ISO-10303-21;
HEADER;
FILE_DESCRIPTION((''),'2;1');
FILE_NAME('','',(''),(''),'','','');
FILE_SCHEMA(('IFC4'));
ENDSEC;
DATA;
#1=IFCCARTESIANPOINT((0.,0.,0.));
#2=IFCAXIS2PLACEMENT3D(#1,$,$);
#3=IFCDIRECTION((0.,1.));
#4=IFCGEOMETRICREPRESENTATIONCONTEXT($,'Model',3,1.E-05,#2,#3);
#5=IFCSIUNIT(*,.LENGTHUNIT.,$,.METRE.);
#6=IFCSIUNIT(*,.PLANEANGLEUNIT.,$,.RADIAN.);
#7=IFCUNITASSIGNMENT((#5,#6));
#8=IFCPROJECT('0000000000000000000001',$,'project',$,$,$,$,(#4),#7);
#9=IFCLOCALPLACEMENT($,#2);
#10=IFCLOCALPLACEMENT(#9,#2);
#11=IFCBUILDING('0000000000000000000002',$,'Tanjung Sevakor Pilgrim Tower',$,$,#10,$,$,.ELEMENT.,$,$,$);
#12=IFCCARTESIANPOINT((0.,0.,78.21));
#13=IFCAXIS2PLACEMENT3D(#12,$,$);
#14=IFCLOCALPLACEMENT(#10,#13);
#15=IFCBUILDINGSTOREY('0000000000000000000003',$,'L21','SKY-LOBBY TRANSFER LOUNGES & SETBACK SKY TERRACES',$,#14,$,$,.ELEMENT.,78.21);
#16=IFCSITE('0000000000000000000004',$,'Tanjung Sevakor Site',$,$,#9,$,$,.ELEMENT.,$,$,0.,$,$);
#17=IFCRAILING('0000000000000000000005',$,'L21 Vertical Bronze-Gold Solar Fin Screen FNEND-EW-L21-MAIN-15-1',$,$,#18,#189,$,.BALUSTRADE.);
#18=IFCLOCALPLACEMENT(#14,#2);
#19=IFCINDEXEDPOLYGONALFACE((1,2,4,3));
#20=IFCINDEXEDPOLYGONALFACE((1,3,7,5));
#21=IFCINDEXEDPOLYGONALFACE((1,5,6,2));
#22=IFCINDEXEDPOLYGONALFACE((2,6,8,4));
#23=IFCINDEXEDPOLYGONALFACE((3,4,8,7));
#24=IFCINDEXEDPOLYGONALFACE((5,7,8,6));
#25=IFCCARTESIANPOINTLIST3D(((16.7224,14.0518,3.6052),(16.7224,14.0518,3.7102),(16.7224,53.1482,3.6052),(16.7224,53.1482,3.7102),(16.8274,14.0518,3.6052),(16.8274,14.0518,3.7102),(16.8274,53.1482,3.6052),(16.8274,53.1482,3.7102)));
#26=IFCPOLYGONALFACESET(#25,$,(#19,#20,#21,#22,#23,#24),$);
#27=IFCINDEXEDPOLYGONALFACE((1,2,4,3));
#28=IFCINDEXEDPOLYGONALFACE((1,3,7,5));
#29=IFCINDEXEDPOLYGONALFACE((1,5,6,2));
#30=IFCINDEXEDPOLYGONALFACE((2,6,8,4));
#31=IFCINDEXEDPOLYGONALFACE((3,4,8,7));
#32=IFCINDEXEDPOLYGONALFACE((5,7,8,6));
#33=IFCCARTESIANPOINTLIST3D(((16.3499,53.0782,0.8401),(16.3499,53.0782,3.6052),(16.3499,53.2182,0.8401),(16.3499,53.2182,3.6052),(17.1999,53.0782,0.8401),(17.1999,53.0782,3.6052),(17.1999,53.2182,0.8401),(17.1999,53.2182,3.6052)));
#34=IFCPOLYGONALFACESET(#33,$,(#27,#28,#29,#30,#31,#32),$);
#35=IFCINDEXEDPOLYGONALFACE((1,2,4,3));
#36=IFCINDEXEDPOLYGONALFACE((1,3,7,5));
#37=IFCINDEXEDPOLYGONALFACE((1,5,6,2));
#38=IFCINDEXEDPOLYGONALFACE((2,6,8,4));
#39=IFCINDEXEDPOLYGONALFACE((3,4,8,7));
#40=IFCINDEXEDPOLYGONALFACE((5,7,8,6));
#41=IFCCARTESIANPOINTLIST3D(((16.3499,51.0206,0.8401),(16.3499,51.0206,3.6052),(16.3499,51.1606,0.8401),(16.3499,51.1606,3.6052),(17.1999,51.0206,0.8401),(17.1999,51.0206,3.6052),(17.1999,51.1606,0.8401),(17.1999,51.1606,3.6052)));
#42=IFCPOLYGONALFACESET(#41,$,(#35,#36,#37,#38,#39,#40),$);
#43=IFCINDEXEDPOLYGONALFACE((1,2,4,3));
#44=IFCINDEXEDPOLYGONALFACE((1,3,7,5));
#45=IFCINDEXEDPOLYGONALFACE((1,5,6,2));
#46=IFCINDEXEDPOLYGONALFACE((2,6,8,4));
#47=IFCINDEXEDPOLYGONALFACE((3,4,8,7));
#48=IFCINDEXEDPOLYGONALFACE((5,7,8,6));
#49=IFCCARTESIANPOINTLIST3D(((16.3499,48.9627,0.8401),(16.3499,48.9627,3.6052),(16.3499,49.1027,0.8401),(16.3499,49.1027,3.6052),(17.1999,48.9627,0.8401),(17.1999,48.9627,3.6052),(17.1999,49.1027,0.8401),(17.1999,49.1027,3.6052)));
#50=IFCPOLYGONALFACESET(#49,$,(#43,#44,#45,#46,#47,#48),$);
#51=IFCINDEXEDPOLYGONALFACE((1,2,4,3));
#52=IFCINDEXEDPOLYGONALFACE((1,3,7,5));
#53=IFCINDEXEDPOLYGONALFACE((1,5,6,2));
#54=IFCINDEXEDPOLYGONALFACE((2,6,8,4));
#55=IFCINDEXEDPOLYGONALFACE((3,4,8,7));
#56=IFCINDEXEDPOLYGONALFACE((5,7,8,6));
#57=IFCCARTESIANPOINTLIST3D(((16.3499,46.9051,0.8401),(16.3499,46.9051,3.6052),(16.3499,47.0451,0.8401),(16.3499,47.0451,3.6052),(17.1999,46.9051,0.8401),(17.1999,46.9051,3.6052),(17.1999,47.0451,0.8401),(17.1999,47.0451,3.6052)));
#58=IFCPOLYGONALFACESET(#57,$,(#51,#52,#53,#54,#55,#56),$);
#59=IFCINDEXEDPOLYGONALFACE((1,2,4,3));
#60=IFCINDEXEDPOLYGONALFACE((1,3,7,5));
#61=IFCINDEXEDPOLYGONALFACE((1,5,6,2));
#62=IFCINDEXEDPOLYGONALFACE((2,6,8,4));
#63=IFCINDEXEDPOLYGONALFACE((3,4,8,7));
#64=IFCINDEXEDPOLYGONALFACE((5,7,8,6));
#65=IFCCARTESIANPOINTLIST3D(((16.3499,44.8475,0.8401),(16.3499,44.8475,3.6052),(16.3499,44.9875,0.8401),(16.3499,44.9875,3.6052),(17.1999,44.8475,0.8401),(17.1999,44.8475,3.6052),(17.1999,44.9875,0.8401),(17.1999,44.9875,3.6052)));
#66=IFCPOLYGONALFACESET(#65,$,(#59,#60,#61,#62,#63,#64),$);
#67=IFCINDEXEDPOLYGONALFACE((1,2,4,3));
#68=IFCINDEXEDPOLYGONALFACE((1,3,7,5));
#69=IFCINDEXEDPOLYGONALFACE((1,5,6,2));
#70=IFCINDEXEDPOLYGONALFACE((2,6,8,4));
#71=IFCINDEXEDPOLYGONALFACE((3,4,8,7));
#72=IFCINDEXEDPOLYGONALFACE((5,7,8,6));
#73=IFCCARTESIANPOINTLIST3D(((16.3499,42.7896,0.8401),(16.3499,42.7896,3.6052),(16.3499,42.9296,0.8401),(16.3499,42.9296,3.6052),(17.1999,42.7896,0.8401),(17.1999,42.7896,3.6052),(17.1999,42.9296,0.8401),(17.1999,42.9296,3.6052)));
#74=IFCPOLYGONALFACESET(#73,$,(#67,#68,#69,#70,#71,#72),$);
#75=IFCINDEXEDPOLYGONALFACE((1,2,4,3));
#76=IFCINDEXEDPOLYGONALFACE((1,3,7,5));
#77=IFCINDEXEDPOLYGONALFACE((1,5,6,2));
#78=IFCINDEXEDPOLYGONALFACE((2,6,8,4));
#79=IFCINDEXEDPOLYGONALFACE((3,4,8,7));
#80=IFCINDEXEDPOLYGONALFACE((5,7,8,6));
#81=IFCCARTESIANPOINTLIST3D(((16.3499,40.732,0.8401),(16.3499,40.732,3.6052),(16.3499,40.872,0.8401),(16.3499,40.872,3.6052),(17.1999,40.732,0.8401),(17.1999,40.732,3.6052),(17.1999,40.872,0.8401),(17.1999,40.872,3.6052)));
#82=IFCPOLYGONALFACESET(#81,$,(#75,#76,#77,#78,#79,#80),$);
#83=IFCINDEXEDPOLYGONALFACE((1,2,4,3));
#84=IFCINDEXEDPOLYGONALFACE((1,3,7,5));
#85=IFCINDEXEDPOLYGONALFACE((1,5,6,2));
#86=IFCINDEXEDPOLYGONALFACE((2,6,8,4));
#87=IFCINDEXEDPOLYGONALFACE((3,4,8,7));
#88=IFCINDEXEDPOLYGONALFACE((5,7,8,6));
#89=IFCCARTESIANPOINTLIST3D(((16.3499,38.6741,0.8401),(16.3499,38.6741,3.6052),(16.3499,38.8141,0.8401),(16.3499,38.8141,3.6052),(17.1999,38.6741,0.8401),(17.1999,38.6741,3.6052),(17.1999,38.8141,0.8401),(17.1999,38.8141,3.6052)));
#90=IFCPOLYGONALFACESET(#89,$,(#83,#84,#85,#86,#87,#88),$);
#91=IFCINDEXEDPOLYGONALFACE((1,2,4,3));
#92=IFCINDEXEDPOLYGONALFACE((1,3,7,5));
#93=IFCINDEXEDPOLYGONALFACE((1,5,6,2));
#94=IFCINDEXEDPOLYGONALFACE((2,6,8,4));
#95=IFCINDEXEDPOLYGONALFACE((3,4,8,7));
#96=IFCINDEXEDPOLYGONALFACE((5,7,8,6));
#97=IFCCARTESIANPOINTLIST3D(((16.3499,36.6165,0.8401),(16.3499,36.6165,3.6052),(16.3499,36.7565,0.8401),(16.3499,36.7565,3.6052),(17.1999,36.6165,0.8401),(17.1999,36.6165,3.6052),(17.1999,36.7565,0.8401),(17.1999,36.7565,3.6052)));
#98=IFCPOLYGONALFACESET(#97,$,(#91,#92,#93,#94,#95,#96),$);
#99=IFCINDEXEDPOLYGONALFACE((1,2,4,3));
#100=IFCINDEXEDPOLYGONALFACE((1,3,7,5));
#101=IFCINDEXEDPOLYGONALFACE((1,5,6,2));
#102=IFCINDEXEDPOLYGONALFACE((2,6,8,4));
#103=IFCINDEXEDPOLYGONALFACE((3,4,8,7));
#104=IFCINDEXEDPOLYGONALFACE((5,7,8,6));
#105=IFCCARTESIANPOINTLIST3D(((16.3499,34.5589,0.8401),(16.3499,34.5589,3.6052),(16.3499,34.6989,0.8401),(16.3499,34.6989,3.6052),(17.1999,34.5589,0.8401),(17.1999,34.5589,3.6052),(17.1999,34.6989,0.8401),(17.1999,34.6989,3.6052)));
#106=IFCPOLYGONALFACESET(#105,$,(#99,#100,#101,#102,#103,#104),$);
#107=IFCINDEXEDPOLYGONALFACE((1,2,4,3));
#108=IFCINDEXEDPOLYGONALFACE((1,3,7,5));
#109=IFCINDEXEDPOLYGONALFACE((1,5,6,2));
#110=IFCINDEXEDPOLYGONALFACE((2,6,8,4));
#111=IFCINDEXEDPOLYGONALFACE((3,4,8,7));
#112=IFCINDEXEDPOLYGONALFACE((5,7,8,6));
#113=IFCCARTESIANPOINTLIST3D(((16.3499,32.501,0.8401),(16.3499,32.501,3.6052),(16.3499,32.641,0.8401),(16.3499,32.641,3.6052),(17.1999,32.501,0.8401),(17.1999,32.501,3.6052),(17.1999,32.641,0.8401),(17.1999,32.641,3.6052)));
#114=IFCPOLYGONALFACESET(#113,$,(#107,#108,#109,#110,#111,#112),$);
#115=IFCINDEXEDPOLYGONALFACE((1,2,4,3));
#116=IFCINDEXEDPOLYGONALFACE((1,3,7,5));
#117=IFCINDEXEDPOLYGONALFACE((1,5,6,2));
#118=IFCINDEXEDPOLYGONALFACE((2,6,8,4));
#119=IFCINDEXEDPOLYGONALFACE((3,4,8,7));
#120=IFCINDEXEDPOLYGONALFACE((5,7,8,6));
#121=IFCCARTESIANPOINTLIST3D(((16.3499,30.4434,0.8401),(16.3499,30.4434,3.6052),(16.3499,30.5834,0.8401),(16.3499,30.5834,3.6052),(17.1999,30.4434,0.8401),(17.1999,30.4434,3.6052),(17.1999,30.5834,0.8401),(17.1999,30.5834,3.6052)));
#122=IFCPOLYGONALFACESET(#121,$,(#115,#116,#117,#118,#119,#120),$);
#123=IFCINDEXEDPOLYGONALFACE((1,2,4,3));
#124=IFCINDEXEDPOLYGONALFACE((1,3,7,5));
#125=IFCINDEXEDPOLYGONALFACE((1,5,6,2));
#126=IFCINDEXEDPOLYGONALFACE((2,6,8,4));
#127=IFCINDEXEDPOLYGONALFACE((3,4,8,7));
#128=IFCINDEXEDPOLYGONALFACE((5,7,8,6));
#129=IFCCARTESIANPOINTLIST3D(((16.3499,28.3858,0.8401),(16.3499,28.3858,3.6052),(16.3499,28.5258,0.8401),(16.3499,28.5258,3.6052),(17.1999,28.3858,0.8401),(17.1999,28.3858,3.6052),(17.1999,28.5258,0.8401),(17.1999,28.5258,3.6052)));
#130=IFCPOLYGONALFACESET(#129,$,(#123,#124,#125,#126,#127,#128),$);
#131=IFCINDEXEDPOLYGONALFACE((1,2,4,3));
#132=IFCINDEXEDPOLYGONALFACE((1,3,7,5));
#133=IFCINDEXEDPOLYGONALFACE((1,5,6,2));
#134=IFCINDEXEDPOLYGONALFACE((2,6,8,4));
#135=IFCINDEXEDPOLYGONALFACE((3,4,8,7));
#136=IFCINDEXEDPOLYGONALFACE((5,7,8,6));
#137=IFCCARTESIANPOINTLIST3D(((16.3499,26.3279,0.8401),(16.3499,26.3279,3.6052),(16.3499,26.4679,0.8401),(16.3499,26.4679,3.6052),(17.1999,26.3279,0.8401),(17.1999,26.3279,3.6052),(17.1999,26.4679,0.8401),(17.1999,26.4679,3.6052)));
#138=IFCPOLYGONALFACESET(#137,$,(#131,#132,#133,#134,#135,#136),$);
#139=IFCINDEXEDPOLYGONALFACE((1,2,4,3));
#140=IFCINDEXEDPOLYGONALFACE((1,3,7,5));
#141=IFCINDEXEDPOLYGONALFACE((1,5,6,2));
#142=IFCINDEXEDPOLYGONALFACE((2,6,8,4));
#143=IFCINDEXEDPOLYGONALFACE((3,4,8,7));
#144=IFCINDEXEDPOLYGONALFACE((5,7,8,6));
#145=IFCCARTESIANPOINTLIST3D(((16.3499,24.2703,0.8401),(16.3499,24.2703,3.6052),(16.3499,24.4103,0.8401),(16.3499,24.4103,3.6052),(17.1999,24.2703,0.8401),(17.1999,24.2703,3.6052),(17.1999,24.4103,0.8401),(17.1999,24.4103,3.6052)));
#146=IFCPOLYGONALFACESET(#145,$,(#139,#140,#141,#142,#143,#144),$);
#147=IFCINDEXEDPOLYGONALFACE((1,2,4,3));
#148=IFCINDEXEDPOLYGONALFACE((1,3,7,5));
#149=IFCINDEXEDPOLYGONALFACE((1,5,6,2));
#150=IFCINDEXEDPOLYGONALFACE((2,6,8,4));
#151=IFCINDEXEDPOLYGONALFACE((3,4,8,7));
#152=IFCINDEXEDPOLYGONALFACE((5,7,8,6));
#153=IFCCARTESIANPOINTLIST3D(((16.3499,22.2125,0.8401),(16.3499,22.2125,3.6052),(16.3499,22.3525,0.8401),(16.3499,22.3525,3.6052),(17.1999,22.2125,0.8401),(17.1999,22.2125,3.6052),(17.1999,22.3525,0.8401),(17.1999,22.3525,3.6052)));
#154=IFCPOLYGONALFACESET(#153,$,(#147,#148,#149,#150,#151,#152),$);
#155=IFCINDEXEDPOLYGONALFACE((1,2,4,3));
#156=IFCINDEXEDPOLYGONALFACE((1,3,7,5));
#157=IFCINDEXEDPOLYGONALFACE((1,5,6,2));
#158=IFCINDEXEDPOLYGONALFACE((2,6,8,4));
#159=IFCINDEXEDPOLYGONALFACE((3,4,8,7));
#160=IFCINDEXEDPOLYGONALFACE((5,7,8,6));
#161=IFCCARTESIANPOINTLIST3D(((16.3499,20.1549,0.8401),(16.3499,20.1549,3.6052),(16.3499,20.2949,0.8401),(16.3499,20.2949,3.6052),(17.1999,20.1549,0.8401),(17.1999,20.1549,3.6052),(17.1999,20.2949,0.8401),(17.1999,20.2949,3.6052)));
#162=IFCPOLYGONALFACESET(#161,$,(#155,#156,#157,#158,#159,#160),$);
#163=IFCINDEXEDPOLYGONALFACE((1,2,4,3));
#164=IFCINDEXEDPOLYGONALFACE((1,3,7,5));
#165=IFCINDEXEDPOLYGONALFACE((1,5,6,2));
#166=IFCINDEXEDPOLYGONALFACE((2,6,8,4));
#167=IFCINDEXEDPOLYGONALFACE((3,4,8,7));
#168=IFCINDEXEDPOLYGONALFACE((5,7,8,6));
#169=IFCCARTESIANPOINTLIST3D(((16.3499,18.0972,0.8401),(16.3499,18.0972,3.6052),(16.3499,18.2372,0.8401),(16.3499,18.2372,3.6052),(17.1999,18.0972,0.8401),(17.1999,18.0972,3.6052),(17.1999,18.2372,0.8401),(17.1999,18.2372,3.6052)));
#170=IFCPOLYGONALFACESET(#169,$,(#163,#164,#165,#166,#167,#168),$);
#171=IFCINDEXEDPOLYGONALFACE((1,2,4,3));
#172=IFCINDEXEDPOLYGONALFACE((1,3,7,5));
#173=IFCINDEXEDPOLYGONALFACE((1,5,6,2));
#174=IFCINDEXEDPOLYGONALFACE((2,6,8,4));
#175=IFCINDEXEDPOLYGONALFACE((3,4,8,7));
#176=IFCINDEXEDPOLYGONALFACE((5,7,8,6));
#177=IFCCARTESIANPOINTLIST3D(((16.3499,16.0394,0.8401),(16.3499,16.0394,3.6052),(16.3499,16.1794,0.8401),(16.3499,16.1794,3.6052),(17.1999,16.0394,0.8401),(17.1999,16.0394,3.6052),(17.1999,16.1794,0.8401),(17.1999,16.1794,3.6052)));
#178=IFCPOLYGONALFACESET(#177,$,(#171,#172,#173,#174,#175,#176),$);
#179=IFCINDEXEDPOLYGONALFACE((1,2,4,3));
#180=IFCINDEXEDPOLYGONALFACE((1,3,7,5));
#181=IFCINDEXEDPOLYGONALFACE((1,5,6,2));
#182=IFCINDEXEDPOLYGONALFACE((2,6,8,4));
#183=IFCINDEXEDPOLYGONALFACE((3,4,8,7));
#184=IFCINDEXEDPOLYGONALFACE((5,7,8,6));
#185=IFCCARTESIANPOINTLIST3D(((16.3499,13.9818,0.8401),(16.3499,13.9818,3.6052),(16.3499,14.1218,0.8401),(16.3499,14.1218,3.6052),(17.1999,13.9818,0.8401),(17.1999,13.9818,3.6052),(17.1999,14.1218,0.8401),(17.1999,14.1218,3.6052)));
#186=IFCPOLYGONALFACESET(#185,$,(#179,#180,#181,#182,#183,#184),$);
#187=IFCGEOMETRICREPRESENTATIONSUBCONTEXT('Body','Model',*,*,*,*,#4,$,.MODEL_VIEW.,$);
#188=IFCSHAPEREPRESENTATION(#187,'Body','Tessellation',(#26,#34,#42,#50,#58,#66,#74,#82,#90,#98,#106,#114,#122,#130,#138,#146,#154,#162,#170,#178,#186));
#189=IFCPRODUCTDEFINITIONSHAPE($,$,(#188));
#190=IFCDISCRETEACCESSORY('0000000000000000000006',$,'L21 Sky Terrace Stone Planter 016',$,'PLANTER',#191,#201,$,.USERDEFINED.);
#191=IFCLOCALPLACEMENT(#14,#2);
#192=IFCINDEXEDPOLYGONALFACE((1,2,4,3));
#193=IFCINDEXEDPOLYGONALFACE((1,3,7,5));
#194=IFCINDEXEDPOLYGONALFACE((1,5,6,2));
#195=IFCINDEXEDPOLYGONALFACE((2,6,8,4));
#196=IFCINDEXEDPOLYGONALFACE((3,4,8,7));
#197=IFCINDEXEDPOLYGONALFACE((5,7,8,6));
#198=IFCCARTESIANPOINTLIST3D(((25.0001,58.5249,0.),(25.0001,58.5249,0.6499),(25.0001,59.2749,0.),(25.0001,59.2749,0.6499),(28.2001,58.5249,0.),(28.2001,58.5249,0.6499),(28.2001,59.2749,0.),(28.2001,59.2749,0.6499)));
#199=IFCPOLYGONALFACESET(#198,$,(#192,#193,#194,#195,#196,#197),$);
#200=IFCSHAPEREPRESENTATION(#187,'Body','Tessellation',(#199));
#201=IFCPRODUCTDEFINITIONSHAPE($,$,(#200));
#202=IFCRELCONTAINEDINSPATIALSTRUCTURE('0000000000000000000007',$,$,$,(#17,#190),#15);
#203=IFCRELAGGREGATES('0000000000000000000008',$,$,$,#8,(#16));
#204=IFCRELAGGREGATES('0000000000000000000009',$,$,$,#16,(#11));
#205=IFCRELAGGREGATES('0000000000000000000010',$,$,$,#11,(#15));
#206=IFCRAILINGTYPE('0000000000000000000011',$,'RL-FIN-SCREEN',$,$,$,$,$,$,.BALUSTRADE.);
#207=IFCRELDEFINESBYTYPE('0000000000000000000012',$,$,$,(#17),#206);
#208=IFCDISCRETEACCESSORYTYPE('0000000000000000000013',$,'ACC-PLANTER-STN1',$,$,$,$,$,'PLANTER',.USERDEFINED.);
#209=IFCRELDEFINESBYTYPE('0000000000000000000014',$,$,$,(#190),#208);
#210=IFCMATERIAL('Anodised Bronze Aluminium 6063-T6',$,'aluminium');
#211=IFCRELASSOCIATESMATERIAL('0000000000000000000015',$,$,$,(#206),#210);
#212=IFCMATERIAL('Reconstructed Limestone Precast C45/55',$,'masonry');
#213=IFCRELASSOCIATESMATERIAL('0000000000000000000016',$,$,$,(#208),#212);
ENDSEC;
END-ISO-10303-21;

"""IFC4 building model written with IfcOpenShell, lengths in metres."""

from ifc_helpers import new_model, si_unit, direction, frame, origin, origin_2d, place, context, subcontext, project, spatial, rectangle, extrude, material, type_object, element, save


model = new_model("IFC4")

# Units and contexts
model_context = context("Model", 3, precision=1e-05, world=origin(), true_north=direction((0.0, 1.0)))
body_context = subcontext(model_context, "Body", "Model", "MODEL_VIEW")
ifc_project = project(units=[si_unit("LENGTHUNIT", "METRE"), si_unit("PLANEANGLEUNIT", "RADIAN")], contexts=[model_context])

# Site, building, storey
site_placement = place(None, origin())
site = spatial("IfcSite", under=ifc_project, at=site_placement, Name="Tanjung Sevakor Site", CompositionType="ELEMENT", RefElevation=0.0)
building_placement = place(site_placement, origin())
building = spatial("IfcBuilding", under=site, at=building_placement, Name="Tanjung Sevakor Pilgrim Tower", CompositionType="ELEMENT")
storey_placement = place(building_placement, frame((0.0, 0.0, 78.21)))
storey = spatial("IfcBuildingStorey", under=building, at=storey_placement, Name="L21", Description="SKY-LOBBY TRANSFER LOUNGES & SETBACK SKY TERRACES", CompositionType="ELEMENT", Elevation=78.21)

# Railing
ifc_material_1 = material(Name="Anodised Bronze Aluminium 6063-T6", Category="aluminium")
railing_type = type_object("IfcRailingType", Name="RL-FIN-SCREEN", PredefinedType="BALUSTRADE", material=ifc_material_1)
railing_placement = place(storey_placement, frame((16.7749, 53.1482, 0.8401)))
element("IfcRailing", 1, at=railing_placement, inside=storey, type_object=railing_type, Name="L21 Vertical Bronze-Gold Solar Fin Screen FNEND-EW-L21-MAIN-15-1", PredefinedType="BALUSTRADE", context=body_context, shape_type="SweptSolid", body=[
    extrude(rectangle(XDim=0.105, YDim=0.105), frame((0.0, 0.0, 2.8176), z_axis=(0.0, -1.0, 0.0), x_axis=(1.0, 0.0, 0.0)), (0.0, 0.0, 1.0), 39.0964),
    extrude(rectangle(XDim=0.85, YDim=0.14), origin(), (0.0, 0.0, 1.0), 2.7651),
    extrude(rectangle(XDim=0.85, YDim=0.14), frame((0.0, -2.0576, 0.0)), (0.0, 0.0, 1.0), 2.7651),
    extrude(rectangle(XDim=0.85, YDim=0.14), frame((0.0, -4.1155, 0.0)), (0.0, 0.0, 1.0), 2.7651),
    extrude(rectangle(XDim=0.85, YDim=0.14), frame((0.0, -6.1731, 0.0)), (0.0, 0.0, 1.0), 2.7651),
    extrude(rectangle(XDim=0.85, YDim=0.14), frame((0.0, -8.2307, 0.0)), (0.0, 0.0, 1.0), 2.7651),
    extrude(rectangle(XDim=0.85, YDim=0.14), frame((0.0, -10.2886, 0.0)), (0.0, 0.0, 1.0), 2.7651),
    extrude(rectangle(XDim=0.85, YDim=0.14), frame((0.0, -12.3462, 0.0)), (0.0, 0.0, 1.0), 2.7651),
    extrude(rectangle(XDim=0.85, YDim=0.14), frame((0.0, -14.4041, 0.0)), (0.0, 0.0, 1.0), 2.7651),
    extrude(rectangle(XDim=0.85, YDim=0.14), frame((0.0, -16.4617, 0.0)), (0.0, 0.0, 1.0), 2.7651),
    extrude(rectangle(XDim=0.85, YDim=0.14), frame((0.0, -18.5193, 0.0)), (0.0, 0.0, 1.0), 2.7651),
    extrude(rectangle(XDim=0.85, YDim=0.14), frame((0.0, -20.5771, 0.0)), (0.0, 0.0, 1.0), 2.7651),
    extrude(rectangle(XDim=0.85, YDim=0.14), frame((0.0, -22.6348, 0.0)), (0.0, 0.0, 1.0), 2.7651),
    extrude(rectangle(XDim=0.85, YDim=0.14), frame((0.0, -24.6924, 0.0)), (0.0, 0.0, 1.0), 2.7651),
    extrude(rectangle(XDim=0.85, YDim=0.14), frame((0.0, -26.7502, 0.0)), (0.0, 0.0, 1.0), 2.7651),
    extrude(rectangle(XDim=0.85, YDim=0.14), frame((0.0, -28.8079, 0.0)), (0.0, 0.0, 1.0), 2.7651),
    extrude(rectangle(XDim=0.85, YDim=0.14), frame((0.0, -30.8657, 0.0)), (0.0, 0.0, 1.0), 2.7651),
    extrude(rectangle(XDim=0.85, YDim=0.14), frame((0.0, -32.9233, 0.0)), (0.0, 0.0, 1.0), 2.7651),
    extrude(rectangle(XDim=0.85, YDim=0.14), frame((0.0, -34.981, 0.0)), (0.0, 0.0, 1.0), 2.7651),
    extrude(rectangle(XDim=0.85, YDim=0.14), frame((0.0, -37.0388, 0.0)), (0.0, 0.0, 1.0), 2.7651),
    extrude(rectangle(XDim=0.85, YDim=0.14), frame((0.0, -39.0964, 0.0)), (0.0, 0.0, 1.0), 2.7651),
])

# Discrete accessory
ifc_material_2 = material(Name="Reconstructed Limestone Precast C45/55", Category="masonry")
discrete_accessory_type = type_object("IfcDiscreteAccessoryType", Name="ACC-PLANTER-STN1", ElementType="PLANTER", PredefinedType="USERDEFINED", material=ifc_material_2)
discrete_accessory_placement = place(storey_placement, frame((26.6001, 58.8999, 0.0), z_axis=(0.0, 0.0, 1.0), x_axis=(1.0, 0.0, 0.0)))
element("IfcDiscreteAccessory", 2, at=discrete_accessory_placement, inside=storey, type_object=discrete_accessory_type, Name="L21 Sky Terrace Stone Planter 016", ObjectType="PLANTER", PredefinedType="USERDEFINED", context=body_context, shape_type="SweptSolid", body=[
    extrude(rectangle(XDim=3.2, YDim=0.75, at=origin_2d()), origin(), (0.0, 0.0, 1.0), 0.6499),
])

save(model, "model.ifc")
